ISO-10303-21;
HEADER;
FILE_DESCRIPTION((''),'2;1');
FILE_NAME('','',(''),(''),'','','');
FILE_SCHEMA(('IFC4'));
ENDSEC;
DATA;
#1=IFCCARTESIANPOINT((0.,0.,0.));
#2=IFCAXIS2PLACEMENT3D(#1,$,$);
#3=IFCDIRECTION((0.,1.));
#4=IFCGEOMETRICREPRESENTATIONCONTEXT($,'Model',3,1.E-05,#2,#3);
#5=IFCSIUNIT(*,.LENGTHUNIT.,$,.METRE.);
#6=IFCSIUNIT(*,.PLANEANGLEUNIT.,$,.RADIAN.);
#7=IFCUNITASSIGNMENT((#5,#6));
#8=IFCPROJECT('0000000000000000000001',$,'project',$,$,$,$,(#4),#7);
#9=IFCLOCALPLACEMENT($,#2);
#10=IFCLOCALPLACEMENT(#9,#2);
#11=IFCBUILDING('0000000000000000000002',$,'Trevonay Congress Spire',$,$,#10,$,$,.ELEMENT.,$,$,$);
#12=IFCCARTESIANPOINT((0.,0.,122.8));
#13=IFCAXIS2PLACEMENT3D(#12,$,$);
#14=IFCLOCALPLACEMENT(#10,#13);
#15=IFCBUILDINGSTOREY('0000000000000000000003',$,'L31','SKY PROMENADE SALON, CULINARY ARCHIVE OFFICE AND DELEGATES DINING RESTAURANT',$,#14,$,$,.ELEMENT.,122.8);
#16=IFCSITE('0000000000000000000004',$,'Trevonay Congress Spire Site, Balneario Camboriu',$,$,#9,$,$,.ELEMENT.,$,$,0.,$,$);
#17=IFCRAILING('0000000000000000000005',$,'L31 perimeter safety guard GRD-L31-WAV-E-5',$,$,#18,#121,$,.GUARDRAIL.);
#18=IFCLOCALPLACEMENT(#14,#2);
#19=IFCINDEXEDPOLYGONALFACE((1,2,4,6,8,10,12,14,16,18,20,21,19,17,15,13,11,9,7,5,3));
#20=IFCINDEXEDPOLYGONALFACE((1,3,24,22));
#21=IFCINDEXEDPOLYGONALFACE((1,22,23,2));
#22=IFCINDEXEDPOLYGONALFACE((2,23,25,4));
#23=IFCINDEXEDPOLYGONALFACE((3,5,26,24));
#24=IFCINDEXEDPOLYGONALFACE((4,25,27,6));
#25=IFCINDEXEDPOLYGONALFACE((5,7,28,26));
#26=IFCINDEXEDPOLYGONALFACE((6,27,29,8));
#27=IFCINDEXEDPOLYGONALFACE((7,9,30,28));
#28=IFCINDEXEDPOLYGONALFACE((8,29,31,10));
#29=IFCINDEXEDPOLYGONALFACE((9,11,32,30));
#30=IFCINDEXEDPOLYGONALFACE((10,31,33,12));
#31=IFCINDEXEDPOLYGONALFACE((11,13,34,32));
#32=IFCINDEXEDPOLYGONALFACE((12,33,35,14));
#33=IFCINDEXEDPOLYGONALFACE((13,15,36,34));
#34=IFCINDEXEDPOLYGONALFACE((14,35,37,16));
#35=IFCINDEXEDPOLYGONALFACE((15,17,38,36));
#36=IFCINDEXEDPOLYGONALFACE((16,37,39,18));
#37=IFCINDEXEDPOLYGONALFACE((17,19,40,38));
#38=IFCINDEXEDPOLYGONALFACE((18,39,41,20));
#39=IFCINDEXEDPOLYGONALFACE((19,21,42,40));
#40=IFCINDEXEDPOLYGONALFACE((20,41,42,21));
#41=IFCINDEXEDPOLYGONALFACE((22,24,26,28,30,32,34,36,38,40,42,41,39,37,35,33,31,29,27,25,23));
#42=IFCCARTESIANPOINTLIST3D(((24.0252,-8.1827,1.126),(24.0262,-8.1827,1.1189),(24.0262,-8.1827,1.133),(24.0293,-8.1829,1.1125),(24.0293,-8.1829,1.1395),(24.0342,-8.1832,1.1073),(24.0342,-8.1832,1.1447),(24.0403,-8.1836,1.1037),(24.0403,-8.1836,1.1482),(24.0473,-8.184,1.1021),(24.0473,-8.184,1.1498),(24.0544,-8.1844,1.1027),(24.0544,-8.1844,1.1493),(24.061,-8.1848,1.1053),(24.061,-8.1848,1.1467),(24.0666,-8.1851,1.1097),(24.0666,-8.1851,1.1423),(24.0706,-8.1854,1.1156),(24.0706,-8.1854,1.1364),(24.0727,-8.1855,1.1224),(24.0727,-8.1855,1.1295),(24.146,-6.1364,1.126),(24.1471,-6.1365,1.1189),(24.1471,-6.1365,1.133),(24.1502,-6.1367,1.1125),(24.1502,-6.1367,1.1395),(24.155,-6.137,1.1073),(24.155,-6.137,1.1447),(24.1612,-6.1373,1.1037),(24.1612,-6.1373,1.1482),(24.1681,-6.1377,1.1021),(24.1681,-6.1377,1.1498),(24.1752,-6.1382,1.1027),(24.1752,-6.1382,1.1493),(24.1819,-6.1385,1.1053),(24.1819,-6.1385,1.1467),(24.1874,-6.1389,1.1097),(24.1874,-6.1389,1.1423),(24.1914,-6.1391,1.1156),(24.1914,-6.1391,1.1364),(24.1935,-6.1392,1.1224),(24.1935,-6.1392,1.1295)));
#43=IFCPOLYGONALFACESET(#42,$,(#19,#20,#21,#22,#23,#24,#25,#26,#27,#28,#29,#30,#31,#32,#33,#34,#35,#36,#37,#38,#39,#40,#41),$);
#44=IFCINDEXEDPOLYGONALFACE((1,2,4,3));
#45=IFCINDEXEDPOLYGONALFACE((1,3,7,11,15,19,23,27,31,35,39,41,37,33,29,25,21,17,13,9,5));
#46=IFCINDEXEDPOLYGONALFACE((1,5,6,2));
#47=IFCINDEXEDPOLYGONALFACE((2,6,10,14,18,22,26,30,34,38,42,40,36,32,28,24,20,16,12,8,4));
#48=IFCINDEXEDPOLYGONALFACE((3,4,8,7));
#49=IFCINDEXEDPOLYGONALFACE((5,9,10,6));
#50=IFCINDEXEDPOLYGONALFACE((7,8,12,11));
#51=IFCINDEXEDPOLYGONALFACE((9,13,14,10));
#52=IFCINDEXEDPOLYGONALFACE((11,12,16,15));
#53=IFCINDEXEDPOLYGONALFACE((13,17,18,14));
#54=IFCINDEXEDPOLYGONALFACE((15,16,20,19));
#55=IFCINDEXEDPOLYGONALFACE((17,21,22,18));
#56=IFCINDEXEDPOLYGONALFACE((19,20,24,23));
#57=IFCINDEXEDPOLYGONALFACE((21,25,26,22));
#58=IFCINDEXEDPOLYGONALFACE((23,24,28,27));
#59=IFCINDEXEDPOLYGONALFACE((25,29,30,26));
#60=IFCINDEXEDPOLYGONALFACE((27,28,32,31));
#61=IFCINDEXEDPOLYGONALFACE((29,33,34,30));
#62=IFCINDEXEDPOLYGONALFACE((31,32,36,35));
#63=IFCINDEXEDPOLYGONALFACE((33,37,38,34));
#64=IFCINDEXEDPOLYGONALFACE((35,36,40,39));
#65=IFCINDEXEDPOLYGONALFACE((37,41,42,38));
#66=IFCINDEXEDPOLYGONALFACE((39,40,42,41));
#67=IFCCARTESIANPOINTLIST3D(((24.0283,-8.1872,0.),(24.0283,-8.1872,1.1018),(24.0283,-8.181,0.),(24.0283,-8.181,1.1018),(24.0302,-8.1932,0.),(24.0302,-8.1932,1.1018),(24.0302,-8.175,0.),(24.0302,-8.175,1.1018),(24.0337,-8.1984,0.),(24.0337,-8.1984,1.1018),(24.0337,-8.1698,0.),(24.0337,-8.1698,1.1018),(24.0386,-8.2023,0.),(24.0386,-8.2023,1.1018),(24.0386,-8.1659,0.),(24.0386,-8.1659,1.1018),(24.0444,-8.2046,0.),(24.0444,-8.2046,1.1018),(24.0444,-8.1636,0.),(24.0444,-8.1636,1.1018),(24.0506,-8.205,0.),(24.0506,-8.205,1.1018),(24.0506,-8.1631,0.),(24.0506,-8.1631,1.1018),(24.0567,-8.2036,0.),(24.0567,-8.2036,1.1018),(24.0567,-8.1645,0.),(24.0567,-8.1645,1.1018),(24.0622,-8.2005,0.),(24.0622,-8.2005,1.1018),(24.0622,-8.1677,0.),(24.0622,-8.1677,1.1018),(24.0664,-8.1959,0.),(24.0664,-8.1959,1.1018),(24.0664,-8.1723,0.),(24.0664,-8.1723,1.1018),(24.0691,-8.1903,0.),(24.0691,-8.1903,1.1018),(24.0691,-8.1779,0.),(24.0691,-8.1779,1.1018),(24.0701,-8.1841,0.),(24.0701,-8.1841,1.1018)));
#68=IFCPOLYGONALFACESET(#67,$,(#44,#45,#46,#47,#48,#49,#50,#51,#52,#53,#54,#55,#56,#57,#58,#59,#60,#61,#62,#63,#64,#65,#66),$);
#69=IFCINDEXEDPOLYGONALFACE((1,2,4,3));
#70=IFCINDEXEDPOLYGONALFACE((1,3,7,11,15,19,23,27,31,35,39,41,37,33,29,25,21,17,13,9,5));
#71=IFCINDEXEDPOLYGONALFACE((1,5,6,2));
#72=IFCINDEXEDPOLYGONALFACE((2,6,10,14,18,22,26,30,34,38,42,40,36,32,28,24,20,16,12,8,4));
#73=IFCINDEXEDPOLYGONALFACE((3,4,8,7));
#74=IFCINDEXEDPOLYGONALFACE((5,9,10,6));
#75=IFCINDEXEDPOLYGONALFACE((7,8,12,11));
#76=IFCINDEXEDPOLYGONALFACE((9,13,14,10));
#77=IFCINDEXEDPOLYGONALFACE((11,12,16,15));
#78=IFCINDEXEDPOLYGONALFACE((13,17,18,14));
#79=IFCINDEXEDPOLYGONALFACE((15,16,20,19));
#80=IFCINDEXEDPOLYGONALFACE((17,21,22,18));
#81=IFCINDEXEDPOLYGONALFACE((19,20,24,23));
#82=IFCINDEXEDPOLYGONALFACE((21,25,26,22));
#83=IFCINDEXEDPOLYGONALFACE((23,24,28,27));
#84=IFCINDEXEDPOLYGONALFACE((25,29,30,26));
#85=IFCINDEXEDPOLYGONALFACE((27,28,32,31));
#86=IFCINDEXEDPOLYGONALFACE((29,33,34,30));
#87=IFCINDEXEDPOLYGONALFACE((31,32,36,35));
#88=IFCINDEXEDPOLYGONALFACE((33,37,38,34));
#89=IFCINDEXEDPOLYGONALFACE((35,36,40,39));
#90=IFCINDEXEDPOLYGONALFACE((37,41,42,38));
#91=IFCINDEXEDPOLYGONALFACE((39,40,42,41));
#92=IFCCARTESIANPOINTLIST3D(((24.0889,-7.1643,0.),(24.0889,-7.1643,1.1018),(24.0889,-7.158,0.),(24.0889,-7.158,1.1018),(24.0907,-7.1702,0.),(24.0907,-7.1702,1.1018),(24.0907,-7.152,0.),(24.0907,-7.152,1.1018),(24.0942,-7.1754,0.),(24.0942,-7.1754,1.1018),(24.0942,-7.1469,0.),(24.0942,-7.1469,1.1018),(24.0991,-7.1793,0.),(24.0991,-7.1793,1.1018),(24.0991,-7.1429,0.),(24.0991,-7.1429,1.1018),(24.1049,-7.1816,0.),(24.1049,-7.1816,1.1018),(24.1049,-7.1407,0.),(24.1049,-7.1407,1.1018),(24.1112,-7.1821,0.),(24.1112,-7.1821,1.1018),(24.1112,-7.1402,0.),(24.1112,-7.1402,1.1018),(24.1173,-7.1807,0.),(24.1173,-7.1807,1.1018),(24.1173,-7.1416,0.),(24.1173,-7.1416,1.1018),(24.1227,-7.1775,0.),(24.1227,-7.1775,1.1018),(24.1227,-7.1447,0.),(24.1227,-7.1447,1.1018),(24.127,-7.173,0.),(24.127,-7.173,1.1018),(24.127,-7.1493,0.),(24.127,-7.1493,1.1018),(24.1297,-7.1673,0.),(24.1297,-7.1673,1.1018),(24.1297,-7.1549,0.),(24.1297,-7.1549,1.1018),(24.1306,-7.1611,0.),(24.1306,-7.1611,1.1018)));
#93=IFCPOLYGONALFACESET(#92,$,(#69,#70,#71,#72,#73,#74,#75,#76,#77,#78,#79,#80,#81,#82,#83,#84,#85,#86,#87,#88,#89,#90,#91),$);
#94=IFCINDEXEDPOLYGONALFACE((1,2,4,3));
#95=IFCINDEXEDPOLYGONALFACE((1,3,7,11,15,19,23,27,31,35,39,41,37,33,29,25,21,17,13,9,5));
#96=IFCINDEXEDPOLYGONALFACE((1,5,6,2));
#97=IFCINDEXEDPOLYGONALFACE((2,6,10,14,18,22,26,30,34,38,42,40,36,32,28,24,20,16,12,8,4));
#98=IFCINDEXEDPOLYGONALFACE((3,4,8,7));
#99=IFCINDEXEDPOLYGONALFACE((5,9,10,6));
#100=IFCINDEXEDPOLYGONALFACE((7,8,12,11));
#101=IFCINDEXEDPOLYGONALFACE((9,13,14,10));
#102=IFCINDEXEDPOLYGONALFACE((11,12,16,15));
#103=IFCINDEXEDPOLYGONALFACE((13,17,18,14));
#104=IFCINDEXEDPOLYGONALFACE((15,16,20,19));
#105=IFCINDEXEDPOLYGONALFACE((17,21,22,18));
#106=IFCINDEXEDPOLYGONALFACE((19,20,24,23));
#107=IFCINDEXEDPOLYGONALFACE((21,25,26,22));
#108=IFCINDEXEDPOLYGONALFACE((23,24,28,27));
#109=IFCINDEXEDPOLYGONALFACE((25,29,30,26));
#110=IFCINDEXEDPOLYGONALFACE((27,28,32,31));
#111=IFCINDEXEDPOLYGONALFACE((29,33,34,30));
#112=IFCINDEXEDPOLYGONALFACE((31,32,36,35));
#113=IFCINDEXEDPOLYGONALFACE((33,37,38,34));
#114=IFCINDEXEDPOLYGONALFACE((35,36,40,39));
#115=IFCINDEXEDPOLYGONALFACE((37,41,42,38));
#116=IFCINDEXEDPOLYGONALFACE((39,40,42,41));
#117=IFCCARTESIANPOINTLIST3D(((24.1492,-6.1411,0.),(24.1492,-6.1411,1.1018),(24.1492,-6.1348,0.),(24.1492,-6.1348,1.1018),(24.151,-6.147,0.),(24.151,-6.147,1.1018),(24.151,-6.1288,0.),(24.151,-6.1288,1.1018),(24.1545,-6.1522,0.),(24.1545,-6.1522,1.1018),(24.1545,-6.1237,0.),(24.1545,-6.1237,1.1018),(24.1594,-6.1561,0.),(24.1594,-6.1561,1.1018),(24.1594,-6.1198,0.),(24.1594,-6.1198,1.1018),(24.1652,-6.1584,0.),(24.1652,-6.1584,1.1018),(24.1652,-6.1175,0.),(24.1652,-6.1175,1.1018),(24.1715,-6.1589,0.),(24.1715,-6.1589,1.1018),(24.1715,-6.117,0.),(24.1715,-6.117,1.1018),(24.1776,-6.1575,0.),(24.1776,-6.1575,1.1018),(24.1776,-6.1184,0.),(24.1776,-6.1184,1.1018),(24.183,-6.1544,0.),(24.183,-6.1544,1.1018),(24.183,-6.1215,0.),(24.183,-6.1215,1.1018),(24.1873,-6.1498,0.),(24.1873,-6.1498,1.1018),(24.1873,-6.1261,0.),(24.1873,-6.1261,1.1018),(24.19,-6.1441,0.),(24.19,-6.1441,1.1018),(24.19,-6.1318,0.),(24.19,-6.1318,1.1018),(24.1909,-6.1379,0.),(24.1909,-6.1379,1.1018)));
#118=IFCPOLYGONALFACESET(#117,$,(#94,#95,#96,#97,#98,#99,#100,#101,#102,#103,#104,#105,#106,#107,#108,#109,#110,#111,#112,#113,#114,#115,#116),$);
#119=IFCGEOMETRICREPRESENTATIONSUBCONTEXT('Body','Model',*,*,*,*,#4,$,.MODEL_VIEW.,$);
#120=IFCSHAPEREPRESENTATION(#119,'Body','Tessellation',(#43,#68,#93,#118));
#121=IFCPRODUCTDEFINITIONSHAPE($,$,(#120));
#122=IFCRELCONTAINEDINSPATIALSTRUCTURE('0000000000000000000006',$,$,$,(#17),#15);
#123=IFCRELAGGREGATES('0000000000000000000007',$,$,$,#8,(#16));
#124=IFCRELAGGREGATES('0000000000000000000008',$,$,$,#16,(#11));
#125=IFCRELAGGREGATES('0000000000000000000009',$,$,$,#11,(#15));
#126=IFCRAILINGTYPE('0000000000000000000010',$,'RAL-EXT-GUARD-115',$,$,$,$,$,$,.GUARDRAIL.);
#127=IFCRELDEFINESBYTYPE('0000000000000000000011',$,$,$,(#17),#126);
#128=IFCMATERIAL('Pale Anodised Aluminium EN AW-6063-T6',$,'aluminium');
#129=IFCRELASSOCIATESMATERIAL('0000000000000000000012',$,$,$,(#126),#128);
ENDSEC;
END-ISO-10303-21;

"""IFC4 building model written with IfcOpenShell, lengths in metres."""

from ifc_helpers import new_model, si_unit, direction, frame, origin, origin_2d, place, context, subcontext, project, spatial, circle, extrude, material, type_object, element, save


model = new_model("IFC4")

# Units and contexts
model_context = context("Model", 3, precision=1e-05, world=origin(), true_north=direction((0.0, 1.0)))
body_context = subcontext(model_context, "Body", "Model", "MODEL_VIEW")
ifc_project = project(units=[si_unit("LENGTHUNIT", "METRE"), si_unit("PLANEANGLEUNIT", "RADIAN")], contexts=[model_context])

# Site, building, storey
site_placement = place(None, origin())
site = spatial("IfcSite", under=ifc_project, at=site_placement, Name="Trevonay Congress Spire Site, Balneario Camboriu", CompositionType="ELEMENT", RefElevation=0.0)
building_placement = place(site_placement, origin())
building = spatial("IfcBuilding", under=site, at=building_placement, Name="Trevonay Congress Spire", CompositionType="ELEMENT")
storey_placement = place(building_placement, frame((0.0, 0.0, 122.8)))
storey = spatial("IfcBuildingStorey", under=building, at=storey_placement, Name="L31", Description="SKY PROMENADE SALON, CULINARY ARCHIVE OFFICE AND DELEGATES DINING RESTAURANT", CompositionType="ELEMENT", Elevation=122.8)

# Shared definitions
ifc_material_1 = material(Name="Pale Anodised Aluminium EN AW-6063-T6", Category="aluminium")

# Railing
railing_type = type_object("IfcRailingType", Name="RAL-EXT-GUARD-115", PredefinedType="GUARDRAIL", material=ifc_material_1)
railing_1_placement = place(storey_placement, frame((24.0491, -8.1841, 0.0)))
element("IfcRailing", 1, at=railing_1_placement, inside=storey, type_object=railing_type, Name="L31 perimeter safety guard GRD-L31-WAV-E-5", PredefinedType="GUARDRAIL", context=body_context, shape_type="SweptSolid", body=[
    extrude(circle(Radius=0.0239, at=origin_2d()), frame((0.0, 0.0, 1.126), z_axis=(0.058959, 0.99826, 0.0), x_axis=(-0.99826, 0.058959, 0.0)), (0.0, 0.0, 1.0), 2.0498),
    extrude(circle(Radius=0.021, at=origin_2d()), origin(), (0.0, 0.0, 1.0), 1.1018),
    extrude(circle(Radius=0.021, at=origin_2d()), frame((0.0605, 1.0229, 0.0)), (0.0, 0.0, 1.0), 1.1018),
    extrude(circle(Radius=0.021, at=origin_2d()), frame((0.1208, 2.0461, 0.0)), (0.0, 0.0, 1.0), 1.1018),
])

save(model, "model.ifc")
